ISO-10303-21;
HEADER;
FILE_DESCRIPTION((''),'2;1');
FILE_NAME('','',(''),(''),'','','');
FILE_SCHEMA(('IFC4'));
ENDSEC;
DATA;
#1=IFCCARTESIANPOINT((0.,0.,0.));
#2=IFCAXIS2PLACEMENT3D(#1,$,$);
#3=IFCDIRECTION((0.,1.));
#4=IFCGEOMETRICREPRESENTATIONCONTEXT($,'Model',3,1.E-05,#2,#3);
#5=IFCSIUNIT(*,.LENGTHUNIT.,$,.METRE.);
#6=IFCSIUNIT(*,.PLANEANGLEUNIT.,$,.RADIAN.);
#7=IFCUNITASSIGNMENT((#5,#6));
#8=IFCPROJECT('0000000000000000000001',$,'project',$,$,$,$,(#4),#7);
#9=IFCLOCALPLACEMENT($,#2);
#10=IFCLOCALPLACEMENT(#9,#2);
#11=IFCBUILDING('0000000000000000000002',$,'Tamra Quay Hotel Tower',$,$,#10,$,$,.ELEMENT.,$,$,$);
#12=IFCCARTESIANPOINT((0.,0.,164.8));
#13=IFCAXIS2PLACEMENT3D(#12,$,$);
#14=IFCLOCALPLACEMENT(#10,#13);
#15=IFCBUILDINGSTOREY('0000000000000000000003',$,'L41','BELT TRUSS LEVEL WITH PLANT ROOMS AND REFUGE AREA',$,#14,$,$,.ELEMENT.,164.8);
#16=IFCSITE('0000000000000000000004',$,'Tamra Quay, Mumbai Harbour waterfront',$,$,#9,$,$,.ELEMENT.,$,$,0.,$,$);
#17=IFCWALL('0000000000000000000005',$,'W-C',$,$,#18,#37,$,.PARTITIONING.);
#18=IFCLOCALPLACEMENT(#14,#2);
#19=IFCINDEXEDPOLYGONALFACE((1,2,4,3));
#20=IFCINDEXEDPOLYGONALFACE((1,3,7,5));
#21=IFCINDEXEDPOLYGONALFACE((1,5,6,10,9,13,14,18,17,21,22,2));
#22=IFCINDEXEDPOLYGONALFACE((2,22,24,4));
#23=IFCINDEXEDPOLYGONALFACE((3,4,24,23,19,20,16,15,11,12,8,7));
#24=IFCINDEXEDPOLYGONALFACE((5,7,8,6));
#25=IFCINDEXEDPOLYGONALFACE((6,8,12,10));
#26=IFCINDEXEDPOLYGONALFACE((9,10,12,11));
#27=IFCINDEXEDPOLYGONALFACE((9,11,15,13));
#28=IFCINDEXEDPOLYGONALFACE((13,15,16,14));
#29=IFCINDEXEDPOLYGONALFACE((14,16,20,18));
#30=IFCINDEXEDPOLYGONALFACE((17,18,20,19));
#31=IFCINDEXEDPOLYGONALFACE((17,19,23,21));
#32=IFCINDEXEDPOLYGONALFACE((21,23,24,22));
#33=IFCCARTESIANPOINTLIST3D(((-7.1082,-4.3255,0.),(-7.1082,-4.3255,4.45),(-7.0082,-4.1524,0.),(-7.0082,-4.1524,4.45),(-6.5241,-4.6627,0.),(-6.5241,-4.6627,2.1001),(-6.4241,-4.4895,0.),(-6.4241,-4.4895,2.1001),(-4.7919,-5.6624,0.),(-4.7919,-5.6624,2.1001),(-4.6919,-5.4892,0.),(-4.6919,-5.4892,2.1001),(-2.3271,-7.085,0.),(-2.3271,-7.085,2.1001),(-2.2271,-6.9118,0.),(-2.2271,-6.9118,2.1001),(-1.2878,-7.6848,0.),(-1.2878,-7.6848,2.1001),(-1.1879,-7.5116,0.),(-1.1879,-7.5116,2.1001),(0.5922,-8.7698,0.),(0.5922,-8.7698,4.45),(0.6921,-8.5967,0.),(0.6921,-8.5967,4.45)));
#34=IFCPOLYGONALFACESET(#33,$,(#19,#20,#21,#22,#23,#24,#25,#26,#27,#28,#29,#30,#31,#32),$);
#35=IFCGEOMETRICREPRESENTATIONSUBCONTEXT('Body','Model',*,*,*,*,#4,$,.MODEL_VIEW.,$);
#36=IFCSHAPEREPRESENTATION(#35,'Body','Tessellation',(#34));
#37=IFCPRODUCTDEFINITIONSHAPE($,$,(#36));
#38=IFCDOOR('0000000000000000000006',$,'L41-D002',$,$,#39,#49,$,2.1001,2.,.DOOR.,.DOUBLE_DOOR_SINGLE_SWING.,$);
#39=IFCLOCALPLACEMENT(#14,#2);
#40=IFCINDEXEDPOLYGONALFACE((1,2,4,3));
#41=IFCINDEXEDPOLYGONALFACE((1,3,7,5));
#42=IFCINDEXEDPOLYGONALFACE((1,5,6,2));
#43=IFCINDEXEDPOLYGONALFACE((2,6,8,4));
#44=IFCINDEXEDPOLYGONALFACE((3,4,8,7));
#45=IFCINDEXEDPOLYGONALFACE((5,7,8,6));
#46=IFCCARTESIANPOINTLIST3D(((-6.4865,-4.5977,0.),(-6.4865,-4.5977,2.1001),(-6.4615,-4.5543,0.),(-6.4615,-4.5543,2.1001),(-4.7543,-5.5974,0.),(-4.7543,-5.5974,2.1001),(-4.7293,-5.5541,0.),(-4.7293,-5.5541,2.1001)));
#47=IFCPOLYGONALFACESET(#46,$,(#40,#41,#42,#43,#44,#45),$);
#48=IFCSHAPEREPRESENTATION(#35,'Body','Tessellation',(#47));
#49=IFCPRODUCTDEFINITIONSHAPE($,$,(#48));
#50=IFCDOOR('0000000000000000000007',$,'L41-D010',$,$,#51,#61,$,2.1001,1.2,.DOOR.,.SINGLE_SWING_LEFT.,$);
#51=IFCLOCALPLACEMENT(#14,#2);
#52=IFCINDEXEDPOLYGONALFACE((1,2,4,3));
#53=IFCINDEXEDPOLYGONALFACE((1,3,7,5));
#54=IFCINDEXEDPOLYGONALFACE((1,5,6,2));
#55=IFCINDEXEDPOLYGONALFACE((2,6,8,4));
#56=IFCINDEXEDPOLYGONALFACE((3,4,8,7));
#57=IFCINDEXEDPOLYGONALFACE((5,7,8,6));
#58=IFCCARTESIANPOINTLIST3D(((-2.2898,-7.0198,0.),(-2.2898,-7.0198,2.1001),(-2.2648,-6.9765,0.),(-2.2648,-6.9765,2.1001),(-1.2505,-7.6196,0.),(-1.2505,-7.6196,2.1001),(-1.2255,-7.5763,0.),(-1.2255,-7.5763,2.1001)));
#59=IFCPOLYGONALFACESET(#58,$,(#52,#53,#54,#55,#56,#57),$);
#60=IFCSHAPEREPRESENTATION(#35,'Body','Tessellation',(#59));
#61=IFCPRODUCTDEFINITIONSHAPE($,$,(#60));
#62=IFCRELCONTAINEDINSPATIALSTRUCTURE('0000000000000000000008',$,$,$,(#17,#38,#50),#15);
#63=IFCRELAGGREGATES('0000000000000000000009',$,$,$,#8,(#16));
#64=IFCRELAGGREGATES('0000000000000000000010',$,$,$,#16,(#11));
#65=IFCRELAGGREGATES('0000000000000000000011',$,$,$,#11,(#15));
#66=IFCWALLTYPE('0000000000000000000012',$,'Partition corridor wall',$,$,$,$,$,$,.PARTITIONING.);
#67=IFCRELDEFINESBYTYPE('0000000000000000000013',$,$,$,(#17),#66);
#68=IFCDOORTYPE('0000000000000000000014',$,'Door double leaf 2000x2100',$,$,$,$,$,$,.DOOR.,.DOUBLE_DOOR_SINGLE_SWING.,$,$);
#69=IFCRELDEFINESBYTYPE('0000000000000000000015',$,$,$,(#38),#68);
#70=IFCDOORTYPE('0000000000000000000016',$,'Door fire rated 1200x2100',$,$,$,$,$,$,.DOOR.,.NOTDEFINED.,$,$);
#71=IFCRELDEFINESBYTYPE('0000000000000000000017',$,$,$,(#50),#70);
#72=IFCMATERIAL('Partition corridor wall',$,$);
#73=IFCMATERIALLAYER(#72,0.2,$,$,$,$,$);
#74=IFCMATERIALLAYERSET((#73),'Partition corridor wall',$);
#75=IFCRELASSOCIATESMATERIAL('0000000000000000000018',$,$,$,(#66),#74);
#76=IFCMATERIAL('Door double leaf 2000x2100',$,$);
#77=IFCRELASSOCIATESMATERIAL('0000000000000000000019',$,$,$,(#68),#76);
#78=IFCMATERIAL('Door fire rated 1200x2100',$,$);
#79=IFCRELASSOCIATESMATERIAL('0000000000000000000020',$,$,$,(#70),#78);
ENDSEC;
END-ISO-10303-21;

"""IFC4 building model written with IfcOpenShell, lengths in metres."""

from ifc_helpers import new_model, si_unit, direction, frame, frame_2d, origin, place, context, subcontext, project, spatial, rectangle, extrude, material, layer, layer_set, type_object, element, fill, save


model = new_model("IFC4")

# Units and contexts
model_context = context("Model", 3, precision=1e-05, world=origin(), true_north=direction((0.0, 1.0)))
body_context = subcontext(model_context, "Body", "Model", "MODEL_VIEW")
ifc_project = project(units=[si_unit("LENGTHUNIT", "METRE"), si_unit("PLANEANGLEUNIT", "RADIAN")], contexts=[model_context])

# Site, building, storey
site_placement = place(None, origin())
site = spatial("IfcSite", under=ifc_project, at=site_placement, Name="Tamra Quay, Mumbai Harbour waterfront", CompositionType="ELEMENT", RefElevation=0.0)
building_placement = place(site_placement, origin())
building = spatial("IfcBuilding", under=site, at=building_placement, Name="Tamra Quay Hotel Tower", CompositionType="ELEMENT")
storey_placement = place(building_placement, frame((0.0, 0.0, 164.8)))
storey = spatial("IfcBuildingStorey", under=building, at=storey_placement, Name="L41", Description="BELT TRUSS LEVEL WITH PLANT ROOMS AND REFUGE AREA", CompositionType="ELEMENT", Elevation=164.8)

# Shared definitions
ifc_material_1 = material(Name="Partition corridor wall")
ifc_layer_1 = layer(ifc_material_1, 0.2)
ifc_layer_set_1 = layer_set([ifc_layer_1], Name="Partition corridor wall")
wall_type_1 = type_object("IfcWallType", Name="Partition corridor wall", PredefinedType="PARTITIONING", material=ifc_layer_set_1)

# Wall, openings, doors
wall_1_placement = place(storey_placement, frame((-7.0581, -4.239, 0.0), z_axis=(0.0, 0.0, 1.0), x_axis=(0.866099, -0.499872, 0.0)))
wall_1 = element("IfcWall", 1, at=wall_1_placement, inside=storey, type_object=wall_type_1, Name="W-C", PredefinedType="PARTITIONING", context=body_context, shape_type="SweptSolid", body=[
    extrude(rectangle(XDim=8.8909, YDim=0.2, at=frame_2d((4.4453, 0.0))), origin(), (0.0, 0.0, 1.0), 4.45),
])
opening_1_placement = place(wall_1_placement, frame((0.6743, 0.0, 0.0)))
opening_1 = element("IfcOpeningElement", 2, at=opening_1_placement, cuts=wall_1, PredefinedType="OPENING", context=body_context, shape_type="SweptSolid", body=[
    extrude(rectangle(XDim=2.0, YDim=2.1001, at=frame_2d((1.0, 1.05))), frame((0.0, 0.1099, 0.0), z_axis=(0.0, -1.0, 0.0), x_axis=(1.0, 0.0, 0.0)), (0.0, 0.0, 1.0), 0.22),
])
opening_2_placement = place(wall_1_placement, frame((5.52, 0.0, 0.0)))
opening_2 = element("IfcOpeningElement", 3, at=opening_2_placement, cuts=wall_1, PredefinedType="OPENING", context=body_context, shape_type="SweptSolid", body=[
    extrude(rectangle(XDim=1.2, YDim=2.1001, at=frame_2d((0.6001, 1.05))), frame((0.0, 0.1099, 0.0), z_axis=(0.0, -1.0, 0.0), x_axis=(1.0, 0.0, 0.0)), (0.0, 0.0, 1.0), 0.22),
])
ifc_material_2 = material(Name="Door double leaf 2000x2100")
door_type_1 = type_object("IfcDoorType", Name="Door double leaf 2000x2100", OperationType="DOUBLE_DOOR_SINGLE_SWING", PredefinedType="DOOR", material=ifc_material_2)
door_1_placement = place(opening_1_placement, frame((2.0, 0.0, 0.0), z_axis=(0.0, 0.0, 1.0), x_axis=(-1.0, 0.0, 0.0)))
door_1 = element("IfcDoor", 4, at=door_1_placement, inside=storey, type_object=door_type_1, Name="L41-D002", OperationType="DOUBLE_DOOR_SINGLE_SWING", OverallHeight=2.1001, OverallWidth=2.0, PredefinedType="DOOR", context=body_context, shape_type="SweptSolid", body=[
    extrude(rectangle(XDim=2.0, YDim=2.1001, at=frame_2d((1.0, 1.05))), frame((0.0, 0.0249, 0.0), z_axis=(0.0, -1.0, 0.0), x_axis=(1.0, 0.0, 0.0)), (0.0, 0.0, 1.0), 0.05),
])
fill(opening_1, door_1)
ifc_material_3 = material(Name="Door fire rated 1200x2100")
door_type_2 = type_object("IfcDoorType", Name="Door fire rated 1200x2100", OperationType="NOTDEFINED", PredefinedType="DOOR", material=ifc_material_3)
door_2_placement = place(opening_2_placement, frame((1.2, 0.0, 0.0), z_axis=(0.0, 0.0, 1.0), x_axis=(-1.0, 0.0, 0.0)))
door_2 = element("IfcDoor", 5, at=door_2_placement, inside=storey, type_object=door_type_2, Name="L41-D010", OperationType="SINGLE_SWING_LEFT", OverallHeight=2.1001, OverallWidth=1.2, PredefinedType="DOOR", context=body_context, shape_type="SweptSolid", body=[
    extrude(rectangle(XDim=1.2, YDim=2.1001, at=frame_2d((0.6001, 1.05))), frame((0.0, 0.0249, 0.0), z_axis=(0.0, -1.0, 0.0), x_axis=(1.0, 0.0, 0.0)), (0.0, 0.0, 1.0), 0.05),
])
fill(opening_2, door_2)

save(model, "model.ifc")
